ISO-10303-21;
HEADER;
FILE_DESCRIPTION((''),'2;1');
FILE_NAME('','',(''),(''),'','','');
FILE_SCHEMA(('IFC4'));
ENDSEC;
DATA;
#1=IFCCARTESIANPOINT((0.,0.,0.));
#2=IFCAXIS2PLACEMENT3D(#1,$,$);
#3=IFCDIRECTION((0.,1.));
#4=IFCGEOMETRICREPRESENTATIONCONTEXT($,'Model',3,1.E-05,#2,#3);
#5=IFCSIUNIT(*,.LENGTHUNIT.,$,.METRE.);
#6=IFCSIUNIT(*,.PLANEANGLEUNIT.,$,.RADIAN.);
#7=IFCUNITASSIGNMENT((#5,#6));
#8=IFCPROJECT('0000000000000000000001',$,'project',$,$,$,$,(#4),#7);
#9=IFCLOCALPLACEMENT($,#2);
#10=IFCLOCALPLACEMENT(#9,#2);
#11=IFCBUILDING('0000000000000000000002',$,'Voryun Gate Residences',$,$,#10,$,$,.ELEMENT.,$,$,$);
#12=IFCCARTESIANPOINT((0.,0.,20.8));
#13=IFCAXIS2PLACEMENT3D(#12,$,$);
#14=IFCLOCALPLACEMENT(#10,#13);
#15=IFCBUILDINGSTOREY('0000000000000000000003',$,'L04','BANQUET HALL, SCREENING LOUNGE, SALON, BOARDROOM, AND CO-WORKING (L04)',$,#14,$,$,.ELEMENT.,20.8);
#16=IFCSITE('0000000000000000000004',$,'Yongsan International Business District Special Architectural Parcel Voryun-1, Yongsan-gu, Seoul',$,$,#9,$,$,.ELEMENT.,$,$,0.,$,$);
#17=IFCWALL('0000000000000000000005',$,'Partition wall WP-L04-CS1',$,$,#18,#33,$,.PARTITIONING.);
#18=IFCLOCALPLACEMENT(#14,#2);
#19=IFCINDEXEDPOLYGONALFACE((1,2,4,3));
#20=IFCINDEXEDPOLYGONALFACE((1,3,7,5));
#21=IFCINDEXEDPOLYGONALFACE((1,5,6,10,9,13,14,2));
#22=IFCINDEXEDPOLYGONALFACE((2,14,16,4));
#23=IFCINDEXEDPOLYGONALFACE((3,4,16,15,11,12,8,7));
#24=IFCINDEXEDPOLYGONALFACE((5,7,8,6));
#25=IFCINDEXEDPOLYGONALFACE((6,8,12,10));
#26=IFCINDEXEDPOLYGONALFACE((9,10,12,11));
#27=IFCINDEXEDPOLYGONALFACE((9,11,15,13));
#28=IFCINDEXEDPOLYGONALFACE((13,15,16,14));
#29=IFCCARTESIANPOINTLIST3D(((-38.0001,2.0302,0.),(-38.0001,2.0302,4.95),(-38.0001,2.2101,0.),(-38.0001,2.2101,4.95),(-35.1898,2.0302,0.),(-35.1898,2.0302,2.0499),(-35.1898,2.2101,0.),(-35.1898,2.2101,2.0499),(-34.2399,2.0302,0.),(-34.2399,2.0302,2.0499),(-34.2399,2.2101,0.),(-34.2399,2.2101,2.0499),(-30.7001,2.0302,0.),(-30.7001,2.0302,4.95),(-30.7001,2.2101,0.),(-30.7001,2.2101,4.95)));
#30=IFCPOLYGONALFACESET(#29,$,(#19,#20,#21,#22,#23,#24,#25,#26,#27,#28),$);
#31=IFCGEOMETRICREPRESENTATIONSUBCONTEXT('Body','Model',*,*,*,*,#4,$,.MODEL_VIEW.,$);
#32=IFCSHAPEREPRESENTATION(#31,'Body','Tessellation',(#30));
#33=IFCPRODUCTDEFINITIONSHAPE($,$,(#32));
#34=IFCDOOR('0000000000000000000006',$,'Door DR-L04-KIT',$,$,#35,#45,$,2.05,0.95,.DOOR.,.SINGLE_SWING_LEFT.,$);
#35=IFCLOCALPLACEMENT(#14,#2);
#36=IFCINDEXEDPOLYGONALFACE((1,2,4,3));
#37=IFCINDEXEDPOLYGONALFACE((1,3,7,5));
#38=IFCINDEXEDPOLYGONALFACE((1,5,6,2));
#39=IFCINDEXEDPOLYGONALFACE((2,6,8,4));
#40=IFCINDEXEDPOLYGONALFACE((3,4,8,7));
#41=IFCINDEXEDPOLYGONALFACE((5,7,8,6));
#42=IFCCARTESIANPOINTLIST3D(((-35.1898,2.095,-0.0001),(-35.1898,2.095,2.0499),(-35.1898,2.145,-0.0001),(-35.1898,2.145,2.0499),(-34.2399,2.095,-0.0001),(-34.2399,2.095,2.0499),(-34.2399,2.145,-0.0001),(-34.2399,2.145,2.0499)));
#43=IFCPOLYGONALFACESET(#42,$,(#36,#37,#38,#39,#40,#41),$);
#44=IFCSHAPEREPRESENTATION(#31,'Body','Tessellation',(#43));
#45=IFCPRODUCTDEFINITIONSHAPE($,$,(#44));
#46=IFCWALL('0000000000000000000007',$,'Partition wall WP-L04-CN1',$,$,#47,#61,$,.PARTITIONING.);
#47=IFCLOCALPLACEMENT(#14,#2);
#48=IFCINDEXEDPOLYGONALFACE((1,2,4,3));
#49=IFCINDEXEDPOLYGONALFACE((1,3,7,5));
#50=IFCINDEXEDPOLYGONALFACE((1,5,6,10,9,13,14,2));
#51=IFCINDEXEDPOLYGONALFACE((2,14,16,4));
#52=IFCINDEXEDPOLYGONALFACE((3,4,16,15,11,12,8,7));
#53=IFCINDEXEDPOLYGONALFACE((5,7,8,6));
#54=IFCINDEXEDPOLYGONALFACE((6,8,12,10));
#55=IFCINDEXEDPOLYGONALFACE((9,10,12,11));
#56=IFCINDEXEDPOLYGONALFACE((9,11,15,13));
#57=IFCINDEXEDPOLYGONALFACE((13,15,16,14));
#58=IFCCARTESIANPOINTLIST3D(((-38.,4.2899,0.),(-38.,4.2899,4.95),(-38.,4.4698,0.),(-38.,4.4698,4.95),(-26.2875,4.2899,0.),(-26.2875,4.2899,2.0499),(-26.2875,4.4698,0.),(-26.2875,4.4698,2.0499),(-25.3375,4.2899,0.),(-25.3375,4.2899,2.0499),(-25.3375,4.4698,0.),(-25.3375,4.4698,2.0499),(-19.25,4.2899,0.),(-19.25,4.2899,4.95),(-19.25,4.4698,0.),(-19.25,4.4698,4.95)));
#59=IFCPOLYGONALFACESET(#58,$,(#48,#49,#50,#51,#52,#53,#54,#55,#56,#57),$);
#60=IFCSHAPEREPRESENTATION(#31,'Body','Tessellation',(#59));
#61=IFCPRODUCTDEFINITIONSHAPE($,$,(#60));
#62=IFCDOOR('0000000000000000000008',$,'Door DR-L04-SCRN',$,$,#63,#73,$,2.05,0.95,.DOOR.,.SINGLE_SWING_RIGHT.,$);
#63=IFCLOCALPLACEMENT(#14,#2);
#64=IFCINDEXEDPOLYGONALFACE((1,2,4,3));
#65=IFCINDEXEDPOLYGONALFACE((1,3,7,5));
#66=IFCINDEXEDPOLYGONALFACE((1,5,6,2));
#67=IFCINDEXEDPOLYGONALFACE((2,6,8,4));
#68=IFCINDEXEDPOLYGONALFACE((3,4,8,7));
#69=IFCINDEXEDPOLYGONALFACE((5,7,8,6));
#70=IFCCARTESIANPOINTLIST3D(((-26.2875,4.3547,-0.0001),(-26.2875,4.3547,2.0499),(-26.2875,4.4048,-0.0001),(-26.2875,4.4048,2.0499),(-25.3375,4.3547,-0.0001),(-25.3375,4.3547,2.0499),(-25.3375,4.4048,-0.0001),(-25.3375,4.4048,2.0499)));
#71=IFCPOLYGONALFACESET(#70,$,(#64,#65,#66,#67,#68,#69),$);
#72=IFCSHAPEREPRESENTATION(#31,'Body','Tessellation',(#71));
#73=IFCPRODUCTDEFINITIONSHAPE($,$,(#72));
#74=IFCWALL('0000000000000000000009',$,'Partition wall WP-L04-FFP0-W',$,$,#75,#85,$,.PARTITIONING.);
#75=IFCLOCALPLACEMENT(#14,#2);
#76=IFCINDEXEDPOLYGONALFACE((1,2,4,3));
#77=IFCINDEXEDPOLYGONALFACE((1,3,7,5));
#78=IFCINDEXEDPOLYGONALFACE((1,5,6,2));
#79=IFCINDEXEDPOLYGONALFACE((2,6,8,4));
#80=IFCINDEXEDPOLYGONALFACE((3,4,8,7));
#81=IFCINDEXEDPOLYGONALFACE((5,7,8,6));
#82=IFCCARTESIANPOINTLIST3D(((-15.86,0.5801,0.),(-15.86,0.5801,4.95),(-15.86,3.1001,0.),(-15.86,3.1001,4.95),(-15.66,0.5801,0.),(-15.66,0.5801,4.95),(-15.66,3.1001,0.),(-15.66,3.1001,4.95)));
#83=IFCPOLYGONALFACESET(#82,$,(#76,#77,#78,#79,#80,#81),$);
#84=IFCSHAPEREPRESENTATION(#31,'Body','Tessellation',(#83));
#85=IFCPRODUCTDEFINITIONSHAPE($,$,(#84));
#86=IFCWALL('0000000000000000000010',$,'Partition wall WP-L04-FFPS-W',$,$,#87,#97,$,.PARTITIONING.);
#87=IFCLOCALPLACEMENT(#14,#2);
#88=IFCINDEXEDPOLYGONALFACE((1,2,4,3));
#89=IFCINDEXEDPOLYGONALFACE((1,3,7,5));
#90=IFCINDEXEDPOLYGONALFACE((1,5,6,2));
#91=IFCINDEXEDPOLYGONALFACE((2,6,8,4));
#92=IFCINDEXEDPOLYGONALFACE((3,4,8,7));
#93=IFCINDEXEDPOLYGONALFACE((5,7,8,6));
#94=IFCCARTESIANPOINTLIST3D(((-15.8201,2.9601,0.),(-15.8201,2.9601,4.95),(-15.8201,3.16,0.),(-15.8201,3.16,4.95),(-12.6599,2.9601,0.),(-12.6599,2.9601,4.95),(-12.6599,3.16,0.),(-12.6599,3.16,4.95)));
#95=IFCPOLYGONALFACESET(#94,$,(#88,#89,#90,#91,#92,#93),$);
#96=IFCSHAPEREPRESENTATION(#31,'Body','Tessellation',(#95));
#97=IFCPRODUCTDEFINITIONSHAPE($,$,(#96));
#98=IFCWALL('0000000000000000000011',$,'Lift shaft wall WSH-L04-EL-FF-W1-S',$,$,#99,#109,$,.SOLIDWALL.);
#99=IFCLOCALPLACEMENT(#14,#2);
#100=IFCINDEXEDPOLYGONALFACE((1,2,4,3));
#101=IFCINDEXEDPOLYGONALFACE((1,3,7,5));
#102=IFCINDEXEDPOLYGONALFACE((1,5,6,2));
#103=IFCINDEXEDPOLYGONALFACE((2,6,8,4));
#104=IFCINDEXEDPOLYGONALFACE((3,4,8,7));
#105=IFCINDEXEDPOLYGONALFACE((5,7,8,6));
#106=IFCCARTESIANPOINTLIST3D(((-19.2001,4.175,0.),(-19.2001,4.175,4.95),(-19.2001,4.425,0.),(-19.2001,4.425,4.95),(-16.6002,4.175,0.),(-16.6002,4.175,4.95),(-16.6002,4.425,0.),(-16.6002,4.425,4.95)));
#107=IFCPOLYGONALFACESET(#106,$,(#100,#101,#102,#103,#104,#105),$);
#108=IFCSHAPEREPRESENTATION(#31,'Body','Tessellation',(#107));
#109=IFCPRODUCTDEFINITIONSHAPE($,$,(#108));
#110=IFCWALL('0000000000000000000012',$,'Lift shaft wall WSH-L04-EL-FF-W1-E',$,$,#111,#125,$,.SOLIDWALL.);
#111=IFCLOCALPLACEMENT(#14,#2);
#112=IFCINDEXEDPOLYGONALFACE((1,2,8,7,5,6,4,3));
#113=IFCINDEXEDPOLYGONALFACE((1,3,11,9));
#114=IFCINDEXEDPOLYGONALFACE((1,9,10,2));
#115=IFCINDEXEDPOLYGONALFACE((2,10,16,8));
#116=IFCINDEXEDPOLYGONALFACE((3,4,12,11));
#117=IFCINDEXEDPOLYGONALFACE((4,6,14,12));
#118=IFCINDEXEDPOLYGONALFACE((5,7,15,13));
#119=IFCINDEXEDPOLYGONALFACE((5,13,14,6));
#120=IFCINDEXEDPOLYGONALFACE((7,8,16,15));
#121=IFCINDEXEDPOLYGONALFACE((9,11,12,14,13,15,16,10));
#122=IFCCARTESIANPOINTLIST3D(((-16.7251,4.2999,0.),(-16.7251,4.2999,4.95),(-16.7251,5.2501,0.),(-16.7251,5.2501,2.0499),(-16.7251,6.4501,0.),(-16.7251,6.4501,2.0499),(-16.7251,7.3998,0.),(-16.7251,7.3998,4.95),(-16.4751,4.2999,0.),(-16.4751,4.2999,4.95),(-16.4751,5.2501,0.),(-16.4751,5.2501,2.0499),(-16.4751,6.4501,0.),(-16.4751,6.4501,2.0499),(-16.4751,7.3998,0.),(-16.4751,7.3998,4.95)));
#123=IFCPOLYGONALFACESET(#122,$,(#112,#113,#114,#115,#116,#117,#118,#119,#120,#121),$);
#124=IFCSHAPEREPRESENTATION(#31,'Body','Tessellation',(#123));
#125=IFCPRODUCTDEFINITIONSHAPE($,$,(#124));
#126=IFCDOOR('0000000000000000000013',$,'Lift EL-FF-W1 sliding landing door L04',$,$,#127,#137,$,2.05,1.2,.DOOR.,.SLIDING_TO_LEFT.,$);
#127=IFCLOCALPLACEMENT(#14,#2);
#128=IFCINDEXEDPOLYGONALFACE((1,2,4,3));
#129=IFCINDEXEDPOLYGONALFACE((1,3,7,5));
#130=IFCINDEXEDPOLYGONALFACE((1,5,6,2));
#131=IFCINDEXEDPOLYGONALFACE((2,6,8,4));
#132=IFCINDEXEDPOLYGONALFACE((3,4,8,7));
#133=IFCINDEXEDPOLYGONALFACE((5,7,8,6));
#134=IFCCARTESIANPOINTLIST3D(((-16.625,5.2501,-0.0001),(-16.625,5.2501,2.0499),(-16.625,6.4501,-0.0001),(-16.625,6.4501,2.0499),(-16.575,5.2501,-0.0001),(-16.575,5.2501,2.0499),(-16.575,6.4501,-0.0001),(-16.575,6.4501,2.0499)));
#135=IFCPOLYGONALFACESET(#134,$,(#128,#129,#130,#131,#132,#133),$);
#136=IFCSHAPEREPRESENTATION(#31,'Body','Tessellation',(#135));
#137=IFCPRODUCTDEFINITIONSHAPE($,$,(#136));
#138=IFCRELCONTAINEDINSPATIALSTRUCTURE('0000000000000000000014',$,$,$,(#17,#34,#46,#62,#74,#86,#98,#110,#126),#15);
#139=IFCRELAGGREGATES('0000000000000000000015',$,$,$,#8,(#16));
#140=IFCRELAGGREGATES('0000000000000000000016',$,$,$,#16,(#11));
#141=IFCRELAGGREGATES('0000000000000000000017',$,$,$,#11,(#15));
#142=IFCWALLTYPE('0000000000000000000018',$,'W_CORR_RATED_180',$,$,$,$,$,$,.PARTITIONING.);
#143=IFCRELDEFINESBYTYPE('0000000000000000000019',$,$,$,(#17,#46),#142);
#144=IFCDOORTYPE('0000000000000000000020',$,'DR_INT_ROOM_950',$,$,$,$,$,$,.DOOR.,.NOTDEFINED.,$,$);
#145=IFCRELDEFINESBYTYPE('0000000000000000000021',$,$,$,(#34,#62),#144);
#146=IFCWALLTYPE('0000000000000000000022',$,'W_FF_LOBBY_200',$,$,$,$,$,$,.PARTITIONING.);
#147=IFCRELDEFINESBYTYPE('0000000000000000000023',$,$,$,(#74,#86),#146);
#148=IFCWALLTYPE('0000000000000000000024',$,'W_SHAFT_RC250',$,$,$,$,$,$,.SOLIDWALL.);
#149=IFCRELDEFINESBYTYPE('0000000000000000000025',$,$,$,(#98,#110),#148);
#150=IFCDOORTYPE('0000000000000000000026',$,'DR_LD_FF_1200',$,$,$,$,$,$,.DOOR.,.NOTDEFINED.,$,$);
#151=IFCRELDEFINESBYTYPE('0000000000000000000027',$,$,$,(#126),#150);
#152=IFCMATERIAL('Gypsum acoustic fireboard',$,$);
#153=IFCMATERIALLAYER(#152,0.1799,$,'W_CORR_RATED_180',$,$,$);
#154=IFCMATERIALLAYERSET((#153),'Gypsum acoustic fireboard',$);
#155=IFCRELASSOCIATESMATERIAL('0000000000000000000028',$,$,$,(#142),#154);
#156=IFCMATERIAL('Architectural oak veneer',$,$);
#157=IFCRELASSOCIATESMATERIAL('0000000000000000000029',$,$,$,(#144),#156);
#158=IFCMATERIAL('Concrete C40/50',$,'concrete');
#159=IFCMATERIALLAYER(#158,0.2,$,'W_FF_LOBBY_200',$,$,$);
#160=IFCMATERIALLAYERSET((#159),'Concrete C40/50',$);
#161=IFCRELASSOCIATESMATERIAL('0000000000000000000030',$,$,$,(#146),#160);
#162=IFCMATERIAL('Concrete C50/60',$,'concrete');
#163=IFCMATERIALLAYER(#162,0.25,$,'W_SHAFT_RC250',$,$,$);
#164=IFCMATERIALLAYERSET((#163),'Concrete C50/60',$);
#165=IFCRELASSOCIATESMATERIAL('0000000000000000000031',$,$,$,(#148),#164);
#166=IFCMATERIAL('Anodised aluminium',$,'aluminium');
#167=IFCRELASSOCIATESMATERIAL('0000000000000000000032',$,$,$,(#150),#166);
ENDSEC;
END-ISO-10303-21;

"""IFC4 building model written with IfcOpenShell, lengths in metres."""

from ifc_helpers import new_model, si_unit, direction, frame, frame_2d, origin, place, context, subcontext, project, spatial, rectangle, extrude, material, layer, layer_set, type_object, element, fill, save


model = new_model("IFC4")

# Units and contexts
model_context = context("Model", 3, precision=1e-05, world=origin(), true_north=direction((0.0, 1.0)))
body_context = subcontext(model_context, "Body", "Model", "MODEL_VIEW")
ifc_project = project(units=[si_unit("LENGTHUNIT", "METRE"), si_unit("PLANEANGLEUNIT", "RADIAN")], contexts=[model_context])

# Site, building, storey
site_placement = place(None, origin())
site = spatial("IfcSite", under=ifc_project, at=site_placement, Name="Yongsan International Business District Special Architectural Parcel Voryun-1, Yongsan-gu, Seoul", CompositionType="ELEMENT", RefElevation=0.0)
building_placement = place(site_placement, origin())
building = spatial("IfcBuilding", under=site, at=building_placement, Name="Voryun Gate Residences", CompositionType="ELEMENT")
storey_placement = place(building_placement, frame((0.0, 0.0, 20.8)))
storey = spatial("IfcBuildingStorey", under=building, at=storey_placement, Name="L04", Description="BANQUET HALL, SCREENING LOUNGE, SALON, BOARDROOM, AND CO-WORKING (L04)", CompositionType="ELEMENT", Elevation=20.8)

# Walls, openings, doors
ifc_material_1 = material(Name="Gypsum acoustic fireboard")
ifc_layer_1 = layer(ifc_material_1, 0.1799, Name="W_CORR_RATED_180")
ifc_layer_set_1 = layer_set([ifc_layer_1], Name="Gypsum acoustic fireboard")
wall_type_1 = type_object("IfcWallType", Name="W_CORR_RATED_180", PredefinedType="PARTITIONING", material=ifc_layer_set_1)
wall_1_placement = place(storey_placement, frame((-38.0, 2.1201, 0.0), z_axis=(0.0, 0.0, 1.0), x_axis=(1.0, 0.0, 0.0)))
wall_1 = element("IfcWall", 1, at=wall_1_placement, inside=storey, type_object=wall_type_1, Name="Partition wall WP-L04-CS1", PredefinedType="PARTITIONING", context=body_context, shape_type="SweptSolid", body=[
    extrude(rectangle(XDim=7.3, YDim=0.1799, at=frame_2d((3.6499, 0.0))), origin(), (0.0, 0.0, 1.0), 4.95),
])
opening_1_placement = place(wall_1_placement, frame((2.8101, 0.0, 0.0)))
opening_1 = element("IfcOpeningElement", 2, at=opening_1_placement, cuts=wall_1, PredefinedType="OPENING", context=body_context, shape_type="SweptSolid", body=[
    extrude(rectangle(XDim=0.95, YDim=2.05, at=frame_2d((0.4751, 1.0249))), frame((0.0, 0.0999, 0.0), z_axis=(0.0, -1.0, 0.0), x_axis=(1.0, 0.0, 0.0)), (0.0, 0.0, 1.0), 0.2),
])
ifc_material_2 = material(Name="Architectural oak veneer")
door_type_1 = type_object("IfcDoorType", Name="DR_INT_ROOM_950", OperationType="NOTDEFINED", PredefinedType="DOOR", material=ifc_material_2)
door_1_placement = place(opening_1_placement, origin())
door_1 = element("IfcDoor", 3, at=door_1_placement, inside=storey, type_object=door_type_1, Name="Door DR-L04-KIT", OperationType="SINGLE_SWING_LEFT", OverallHeight=2.05, OverallWidth=0.95, PredefinedType="DOOR", context=body_context, shape_type="SweptSolid", body=[
    extrude(rectangle(XDim=0.95, YDim=2.05, at=frame_2d((0.4751, 1.0249))), frame((0.0, 0.0249, 0.0), z_axis=(0.0, -1.0, 0.0), x_axis=(1.0, 0.0, 0.0)), (0.0, 0.0, 1.0), 0.05),
])
fill(opening_1, door_1)
wall_2_placement = place(storey_placement, frame((-38.0, 4.3799, 0.0), z_axis=(0.0, 0.0, 1.0), x_axis=(1.0, 0.0, 0.0)))
wall_2 = element("IfcWall", 4, at=wall_2_placement, inside=storey, type_object=wall_type_1, Name="Partition wall WP-L04-CN1", PredefinedType="PARTITIONING", context=body_context, shape_type="SweptSolid", body=[
    extrude(rectangle(XDim=18.75, YDim=0.1799, at=frame_2d((9.375, 0.0))), origin(), (0.0, 0.0, 1.0), 4.95),
])
opening_2_placement = place(wall_2_placement, frame((11.7124, 0.0, 0.0)))
opening_2 = element("IfcOpeningElement", 5, at=opening_2_placement, cuts=wall_2, PredefinedType="OPENING", context=body_context, shape_type="SweptSolid", body=[
    extrude(rectangle(XDim=0.95, YDim=2.05, at=frame_2d((0.4751, 1.0249))), frame((0.0, 0.0999, 0.0), z_axis=(0.0, -1.0, 0.0), x_axis=(1.0, 0.0, 0.0)), (0.0, 0.0, 1.0), 0.2),
])
door_2_placement = place(opening_2_placement, origin())
door_2 = element("IfcDoor", 6, at=door_2_placement, inside=storey, type_object=door_type_1, Name="Door DR-L04-SCRN", OperationType="SINGLE_SWING_RIGHT", OverallHeight=2.05, OverallWidth=0.95, PredefinedType="DOOR", context=body_context, shape_type="SweptSolid", body=[
    extrude(rectangle(XDim=0.95, YDim=2.05, at=frame_2d((0.4751, 1.0249))), frame((0.0, 0.0249, 0.0), z_axis=(0.0, -1.0, 0.0), x_axis=(1.0, 0.0, 0.0)), (0.0, 0.0, 1.0), 0.05),
])
fill(opening_2, door_2)

# Walls
ifc_material_3 = material(Name="Concrete C40/50", Category="concrete")
ifc_layer_2 = layer(ifc_material_3, 0.2, Name="W_FF_LOBBY_200")
ifc_layer_set_2 = layer_set([ifc_layer_2], Name="Concrete C40/50")
wall_type_2 = type_object("IfcWallType", Name="W_FF_LOBBY_200", PredefinedType="PARTITIONING", material=ifc_layer_set_2)
wall_3_placement = place(storey_placement, frame((-15.76, 0.5801, 0.0), z_axis=(0.0, 0.0, 1.0), x_axis=(0.0, 1.0, 0.0)))
element("IfcWall", 7, at=wall_3_placement, inside=storey, type_object=wall_type_2, Name="Partition wall WP-L04-FFP0-W", PredefinedType="PARTITIONING", context=body_context, shape_type="SweptSolid", body=[
    extrude(rectangle(XDim=2.52, YDim=0.2, at=frame_2d((1.26, 0.0))), origin(), (0.0, 0.0, 1.0), 4.95),
])
wall_4_placement = place(storey_placement, frame((-15.8201, 3.0601, 0.0), z_axis=(0.0, 0.0, 1.0), x_axis=(1.0, 0.0, 0.0)))
element("IfcWall", 8, at=wall_4_placement, inside=storey, type_object=wall_type_2, Name="Partition wall WP-L04-FFPS-W", PredefinedType="PARTITIONING", context=body_context, shape_type="SweptSolid", body=[
    extrude(rectangle(XDim=3.1602, YDim=0.2, at=frame_2d((1.5801, 0.0))), origin(), (0.0, 0.0, 1.0), 4.95),
])
ifc_material_4 = material(Name="Concrete C50/60", Category="concrete")
ifc_layer_3 = layer(ifc_material_4, 0.25, Name="W_SHAFT_RC250")
ifc_layer_set_3 = layer_set([ifc_layer_3], Name="Concrete C50/60")
wall_type_3 = type_object("IfcWallType", Name="W_SHAFT_RC250", PredefinedType="SOLIDWALL", material=ifc_layer_set_3)
wall_5_placement = place(storey_placement, frame((-19.2, 4.3, 0.0), z_axis=(0.0, 0.0, 1.0), x_axis=(1.0, 0.0, 0.0)))
element("IfcWall", 9, at=wall_5_placement, inside=storey, type_object=wall_type_3, Name="Lift shaft wall WSH-L04-EL-FF-W1-S", PredefinedType="SOLIDWALL", context=body_context, shape_type="SweptSolid", body=[
    extrude(rectangle(XDim=2.5999, YDim=0.25, at=frame_2d((1.2998, 0.0))), origin(), (0.0, 0.0, 1.0), 4.95),
])

# Wall, opening, door
wall_6_placement = place(storey_placement, frame((-16.6001, 4.3, 0.0), z_axis=(0.0, 0.0, 1.0), x_axis=(0.0, 1.0, 0.0)))
wall_6 = element("IfcWall", 10, at=wall_6_placement, inside=storey, type_object=wall_type_3, Name="Lift shaft wall WSH-L04-EL-FF-W1-E", PredefinedType="SOLIDWALL", context=body_context, shape_type="SweptSolid", body=[
    extrude(rectangle(XDim=3.0999, YDim=0.25, at=frame_2d((1.5498, 0.0))), origin(), (0.0, 0.0, 1.0), 4.95),
])
opening_3_placement = place(wall_6_placement, frame((0.95, 0.0, 0.0)))
opening_3 = element("IfcOpeningElement", 11, at=opening_3_placement, cuts=wall_6, PredefinedType="OPENING", context=body_context, shape_type="SweptSolid", body=[
    extrude(rectangle(XDim=1.2, YDim=2.05, at=frame_2d((0.6001, 1.0249))), frame((0.0, 0.135, 0.0), z_axis=(0.0, -1.0, 0.0), x_axis=(1.0, 0.0, 0.0)), (0.0, 0.0, 1.0), 0.27),
])
ifc_material_5 = material(Name="Anodised aluminium", Category="aluminium")
door_type_2 = type_object("IfcDoorType", Name="DR_LD_FF_1200", OperationType="NOTDEFINED", PredefinedType="DOOR", material=ifc_material_5)
door_3_placement = place(opening_3_placement, origin())
door_3 = element("IfcDoor", 12, at=door_3_placement, inside=storey, type_object=door_type_2, Name="Lift EL-FF-W1 sliding landing door L04", OperationType="SLIDING_TO_LEFT", OverallHeight=2.05, OverallWidth=1.2, PredefinedType="DOOR", context=body_context, shape_type="SweptSolid", body=[
    extrude(rectangle(XDim=1.2, YDim=2.05, at=frame_2d((0.6001, 1.0249))), frame((0.0, 0.0249, 0.0), z_axis=(0.0, -1.0, 0.0), x_axis=(1.0, 0.0, 0.0)), (0.0, 0.0, 1.0), 0.05),
])
fill(opening_3, door_3)

save(model, "model.ifc")
